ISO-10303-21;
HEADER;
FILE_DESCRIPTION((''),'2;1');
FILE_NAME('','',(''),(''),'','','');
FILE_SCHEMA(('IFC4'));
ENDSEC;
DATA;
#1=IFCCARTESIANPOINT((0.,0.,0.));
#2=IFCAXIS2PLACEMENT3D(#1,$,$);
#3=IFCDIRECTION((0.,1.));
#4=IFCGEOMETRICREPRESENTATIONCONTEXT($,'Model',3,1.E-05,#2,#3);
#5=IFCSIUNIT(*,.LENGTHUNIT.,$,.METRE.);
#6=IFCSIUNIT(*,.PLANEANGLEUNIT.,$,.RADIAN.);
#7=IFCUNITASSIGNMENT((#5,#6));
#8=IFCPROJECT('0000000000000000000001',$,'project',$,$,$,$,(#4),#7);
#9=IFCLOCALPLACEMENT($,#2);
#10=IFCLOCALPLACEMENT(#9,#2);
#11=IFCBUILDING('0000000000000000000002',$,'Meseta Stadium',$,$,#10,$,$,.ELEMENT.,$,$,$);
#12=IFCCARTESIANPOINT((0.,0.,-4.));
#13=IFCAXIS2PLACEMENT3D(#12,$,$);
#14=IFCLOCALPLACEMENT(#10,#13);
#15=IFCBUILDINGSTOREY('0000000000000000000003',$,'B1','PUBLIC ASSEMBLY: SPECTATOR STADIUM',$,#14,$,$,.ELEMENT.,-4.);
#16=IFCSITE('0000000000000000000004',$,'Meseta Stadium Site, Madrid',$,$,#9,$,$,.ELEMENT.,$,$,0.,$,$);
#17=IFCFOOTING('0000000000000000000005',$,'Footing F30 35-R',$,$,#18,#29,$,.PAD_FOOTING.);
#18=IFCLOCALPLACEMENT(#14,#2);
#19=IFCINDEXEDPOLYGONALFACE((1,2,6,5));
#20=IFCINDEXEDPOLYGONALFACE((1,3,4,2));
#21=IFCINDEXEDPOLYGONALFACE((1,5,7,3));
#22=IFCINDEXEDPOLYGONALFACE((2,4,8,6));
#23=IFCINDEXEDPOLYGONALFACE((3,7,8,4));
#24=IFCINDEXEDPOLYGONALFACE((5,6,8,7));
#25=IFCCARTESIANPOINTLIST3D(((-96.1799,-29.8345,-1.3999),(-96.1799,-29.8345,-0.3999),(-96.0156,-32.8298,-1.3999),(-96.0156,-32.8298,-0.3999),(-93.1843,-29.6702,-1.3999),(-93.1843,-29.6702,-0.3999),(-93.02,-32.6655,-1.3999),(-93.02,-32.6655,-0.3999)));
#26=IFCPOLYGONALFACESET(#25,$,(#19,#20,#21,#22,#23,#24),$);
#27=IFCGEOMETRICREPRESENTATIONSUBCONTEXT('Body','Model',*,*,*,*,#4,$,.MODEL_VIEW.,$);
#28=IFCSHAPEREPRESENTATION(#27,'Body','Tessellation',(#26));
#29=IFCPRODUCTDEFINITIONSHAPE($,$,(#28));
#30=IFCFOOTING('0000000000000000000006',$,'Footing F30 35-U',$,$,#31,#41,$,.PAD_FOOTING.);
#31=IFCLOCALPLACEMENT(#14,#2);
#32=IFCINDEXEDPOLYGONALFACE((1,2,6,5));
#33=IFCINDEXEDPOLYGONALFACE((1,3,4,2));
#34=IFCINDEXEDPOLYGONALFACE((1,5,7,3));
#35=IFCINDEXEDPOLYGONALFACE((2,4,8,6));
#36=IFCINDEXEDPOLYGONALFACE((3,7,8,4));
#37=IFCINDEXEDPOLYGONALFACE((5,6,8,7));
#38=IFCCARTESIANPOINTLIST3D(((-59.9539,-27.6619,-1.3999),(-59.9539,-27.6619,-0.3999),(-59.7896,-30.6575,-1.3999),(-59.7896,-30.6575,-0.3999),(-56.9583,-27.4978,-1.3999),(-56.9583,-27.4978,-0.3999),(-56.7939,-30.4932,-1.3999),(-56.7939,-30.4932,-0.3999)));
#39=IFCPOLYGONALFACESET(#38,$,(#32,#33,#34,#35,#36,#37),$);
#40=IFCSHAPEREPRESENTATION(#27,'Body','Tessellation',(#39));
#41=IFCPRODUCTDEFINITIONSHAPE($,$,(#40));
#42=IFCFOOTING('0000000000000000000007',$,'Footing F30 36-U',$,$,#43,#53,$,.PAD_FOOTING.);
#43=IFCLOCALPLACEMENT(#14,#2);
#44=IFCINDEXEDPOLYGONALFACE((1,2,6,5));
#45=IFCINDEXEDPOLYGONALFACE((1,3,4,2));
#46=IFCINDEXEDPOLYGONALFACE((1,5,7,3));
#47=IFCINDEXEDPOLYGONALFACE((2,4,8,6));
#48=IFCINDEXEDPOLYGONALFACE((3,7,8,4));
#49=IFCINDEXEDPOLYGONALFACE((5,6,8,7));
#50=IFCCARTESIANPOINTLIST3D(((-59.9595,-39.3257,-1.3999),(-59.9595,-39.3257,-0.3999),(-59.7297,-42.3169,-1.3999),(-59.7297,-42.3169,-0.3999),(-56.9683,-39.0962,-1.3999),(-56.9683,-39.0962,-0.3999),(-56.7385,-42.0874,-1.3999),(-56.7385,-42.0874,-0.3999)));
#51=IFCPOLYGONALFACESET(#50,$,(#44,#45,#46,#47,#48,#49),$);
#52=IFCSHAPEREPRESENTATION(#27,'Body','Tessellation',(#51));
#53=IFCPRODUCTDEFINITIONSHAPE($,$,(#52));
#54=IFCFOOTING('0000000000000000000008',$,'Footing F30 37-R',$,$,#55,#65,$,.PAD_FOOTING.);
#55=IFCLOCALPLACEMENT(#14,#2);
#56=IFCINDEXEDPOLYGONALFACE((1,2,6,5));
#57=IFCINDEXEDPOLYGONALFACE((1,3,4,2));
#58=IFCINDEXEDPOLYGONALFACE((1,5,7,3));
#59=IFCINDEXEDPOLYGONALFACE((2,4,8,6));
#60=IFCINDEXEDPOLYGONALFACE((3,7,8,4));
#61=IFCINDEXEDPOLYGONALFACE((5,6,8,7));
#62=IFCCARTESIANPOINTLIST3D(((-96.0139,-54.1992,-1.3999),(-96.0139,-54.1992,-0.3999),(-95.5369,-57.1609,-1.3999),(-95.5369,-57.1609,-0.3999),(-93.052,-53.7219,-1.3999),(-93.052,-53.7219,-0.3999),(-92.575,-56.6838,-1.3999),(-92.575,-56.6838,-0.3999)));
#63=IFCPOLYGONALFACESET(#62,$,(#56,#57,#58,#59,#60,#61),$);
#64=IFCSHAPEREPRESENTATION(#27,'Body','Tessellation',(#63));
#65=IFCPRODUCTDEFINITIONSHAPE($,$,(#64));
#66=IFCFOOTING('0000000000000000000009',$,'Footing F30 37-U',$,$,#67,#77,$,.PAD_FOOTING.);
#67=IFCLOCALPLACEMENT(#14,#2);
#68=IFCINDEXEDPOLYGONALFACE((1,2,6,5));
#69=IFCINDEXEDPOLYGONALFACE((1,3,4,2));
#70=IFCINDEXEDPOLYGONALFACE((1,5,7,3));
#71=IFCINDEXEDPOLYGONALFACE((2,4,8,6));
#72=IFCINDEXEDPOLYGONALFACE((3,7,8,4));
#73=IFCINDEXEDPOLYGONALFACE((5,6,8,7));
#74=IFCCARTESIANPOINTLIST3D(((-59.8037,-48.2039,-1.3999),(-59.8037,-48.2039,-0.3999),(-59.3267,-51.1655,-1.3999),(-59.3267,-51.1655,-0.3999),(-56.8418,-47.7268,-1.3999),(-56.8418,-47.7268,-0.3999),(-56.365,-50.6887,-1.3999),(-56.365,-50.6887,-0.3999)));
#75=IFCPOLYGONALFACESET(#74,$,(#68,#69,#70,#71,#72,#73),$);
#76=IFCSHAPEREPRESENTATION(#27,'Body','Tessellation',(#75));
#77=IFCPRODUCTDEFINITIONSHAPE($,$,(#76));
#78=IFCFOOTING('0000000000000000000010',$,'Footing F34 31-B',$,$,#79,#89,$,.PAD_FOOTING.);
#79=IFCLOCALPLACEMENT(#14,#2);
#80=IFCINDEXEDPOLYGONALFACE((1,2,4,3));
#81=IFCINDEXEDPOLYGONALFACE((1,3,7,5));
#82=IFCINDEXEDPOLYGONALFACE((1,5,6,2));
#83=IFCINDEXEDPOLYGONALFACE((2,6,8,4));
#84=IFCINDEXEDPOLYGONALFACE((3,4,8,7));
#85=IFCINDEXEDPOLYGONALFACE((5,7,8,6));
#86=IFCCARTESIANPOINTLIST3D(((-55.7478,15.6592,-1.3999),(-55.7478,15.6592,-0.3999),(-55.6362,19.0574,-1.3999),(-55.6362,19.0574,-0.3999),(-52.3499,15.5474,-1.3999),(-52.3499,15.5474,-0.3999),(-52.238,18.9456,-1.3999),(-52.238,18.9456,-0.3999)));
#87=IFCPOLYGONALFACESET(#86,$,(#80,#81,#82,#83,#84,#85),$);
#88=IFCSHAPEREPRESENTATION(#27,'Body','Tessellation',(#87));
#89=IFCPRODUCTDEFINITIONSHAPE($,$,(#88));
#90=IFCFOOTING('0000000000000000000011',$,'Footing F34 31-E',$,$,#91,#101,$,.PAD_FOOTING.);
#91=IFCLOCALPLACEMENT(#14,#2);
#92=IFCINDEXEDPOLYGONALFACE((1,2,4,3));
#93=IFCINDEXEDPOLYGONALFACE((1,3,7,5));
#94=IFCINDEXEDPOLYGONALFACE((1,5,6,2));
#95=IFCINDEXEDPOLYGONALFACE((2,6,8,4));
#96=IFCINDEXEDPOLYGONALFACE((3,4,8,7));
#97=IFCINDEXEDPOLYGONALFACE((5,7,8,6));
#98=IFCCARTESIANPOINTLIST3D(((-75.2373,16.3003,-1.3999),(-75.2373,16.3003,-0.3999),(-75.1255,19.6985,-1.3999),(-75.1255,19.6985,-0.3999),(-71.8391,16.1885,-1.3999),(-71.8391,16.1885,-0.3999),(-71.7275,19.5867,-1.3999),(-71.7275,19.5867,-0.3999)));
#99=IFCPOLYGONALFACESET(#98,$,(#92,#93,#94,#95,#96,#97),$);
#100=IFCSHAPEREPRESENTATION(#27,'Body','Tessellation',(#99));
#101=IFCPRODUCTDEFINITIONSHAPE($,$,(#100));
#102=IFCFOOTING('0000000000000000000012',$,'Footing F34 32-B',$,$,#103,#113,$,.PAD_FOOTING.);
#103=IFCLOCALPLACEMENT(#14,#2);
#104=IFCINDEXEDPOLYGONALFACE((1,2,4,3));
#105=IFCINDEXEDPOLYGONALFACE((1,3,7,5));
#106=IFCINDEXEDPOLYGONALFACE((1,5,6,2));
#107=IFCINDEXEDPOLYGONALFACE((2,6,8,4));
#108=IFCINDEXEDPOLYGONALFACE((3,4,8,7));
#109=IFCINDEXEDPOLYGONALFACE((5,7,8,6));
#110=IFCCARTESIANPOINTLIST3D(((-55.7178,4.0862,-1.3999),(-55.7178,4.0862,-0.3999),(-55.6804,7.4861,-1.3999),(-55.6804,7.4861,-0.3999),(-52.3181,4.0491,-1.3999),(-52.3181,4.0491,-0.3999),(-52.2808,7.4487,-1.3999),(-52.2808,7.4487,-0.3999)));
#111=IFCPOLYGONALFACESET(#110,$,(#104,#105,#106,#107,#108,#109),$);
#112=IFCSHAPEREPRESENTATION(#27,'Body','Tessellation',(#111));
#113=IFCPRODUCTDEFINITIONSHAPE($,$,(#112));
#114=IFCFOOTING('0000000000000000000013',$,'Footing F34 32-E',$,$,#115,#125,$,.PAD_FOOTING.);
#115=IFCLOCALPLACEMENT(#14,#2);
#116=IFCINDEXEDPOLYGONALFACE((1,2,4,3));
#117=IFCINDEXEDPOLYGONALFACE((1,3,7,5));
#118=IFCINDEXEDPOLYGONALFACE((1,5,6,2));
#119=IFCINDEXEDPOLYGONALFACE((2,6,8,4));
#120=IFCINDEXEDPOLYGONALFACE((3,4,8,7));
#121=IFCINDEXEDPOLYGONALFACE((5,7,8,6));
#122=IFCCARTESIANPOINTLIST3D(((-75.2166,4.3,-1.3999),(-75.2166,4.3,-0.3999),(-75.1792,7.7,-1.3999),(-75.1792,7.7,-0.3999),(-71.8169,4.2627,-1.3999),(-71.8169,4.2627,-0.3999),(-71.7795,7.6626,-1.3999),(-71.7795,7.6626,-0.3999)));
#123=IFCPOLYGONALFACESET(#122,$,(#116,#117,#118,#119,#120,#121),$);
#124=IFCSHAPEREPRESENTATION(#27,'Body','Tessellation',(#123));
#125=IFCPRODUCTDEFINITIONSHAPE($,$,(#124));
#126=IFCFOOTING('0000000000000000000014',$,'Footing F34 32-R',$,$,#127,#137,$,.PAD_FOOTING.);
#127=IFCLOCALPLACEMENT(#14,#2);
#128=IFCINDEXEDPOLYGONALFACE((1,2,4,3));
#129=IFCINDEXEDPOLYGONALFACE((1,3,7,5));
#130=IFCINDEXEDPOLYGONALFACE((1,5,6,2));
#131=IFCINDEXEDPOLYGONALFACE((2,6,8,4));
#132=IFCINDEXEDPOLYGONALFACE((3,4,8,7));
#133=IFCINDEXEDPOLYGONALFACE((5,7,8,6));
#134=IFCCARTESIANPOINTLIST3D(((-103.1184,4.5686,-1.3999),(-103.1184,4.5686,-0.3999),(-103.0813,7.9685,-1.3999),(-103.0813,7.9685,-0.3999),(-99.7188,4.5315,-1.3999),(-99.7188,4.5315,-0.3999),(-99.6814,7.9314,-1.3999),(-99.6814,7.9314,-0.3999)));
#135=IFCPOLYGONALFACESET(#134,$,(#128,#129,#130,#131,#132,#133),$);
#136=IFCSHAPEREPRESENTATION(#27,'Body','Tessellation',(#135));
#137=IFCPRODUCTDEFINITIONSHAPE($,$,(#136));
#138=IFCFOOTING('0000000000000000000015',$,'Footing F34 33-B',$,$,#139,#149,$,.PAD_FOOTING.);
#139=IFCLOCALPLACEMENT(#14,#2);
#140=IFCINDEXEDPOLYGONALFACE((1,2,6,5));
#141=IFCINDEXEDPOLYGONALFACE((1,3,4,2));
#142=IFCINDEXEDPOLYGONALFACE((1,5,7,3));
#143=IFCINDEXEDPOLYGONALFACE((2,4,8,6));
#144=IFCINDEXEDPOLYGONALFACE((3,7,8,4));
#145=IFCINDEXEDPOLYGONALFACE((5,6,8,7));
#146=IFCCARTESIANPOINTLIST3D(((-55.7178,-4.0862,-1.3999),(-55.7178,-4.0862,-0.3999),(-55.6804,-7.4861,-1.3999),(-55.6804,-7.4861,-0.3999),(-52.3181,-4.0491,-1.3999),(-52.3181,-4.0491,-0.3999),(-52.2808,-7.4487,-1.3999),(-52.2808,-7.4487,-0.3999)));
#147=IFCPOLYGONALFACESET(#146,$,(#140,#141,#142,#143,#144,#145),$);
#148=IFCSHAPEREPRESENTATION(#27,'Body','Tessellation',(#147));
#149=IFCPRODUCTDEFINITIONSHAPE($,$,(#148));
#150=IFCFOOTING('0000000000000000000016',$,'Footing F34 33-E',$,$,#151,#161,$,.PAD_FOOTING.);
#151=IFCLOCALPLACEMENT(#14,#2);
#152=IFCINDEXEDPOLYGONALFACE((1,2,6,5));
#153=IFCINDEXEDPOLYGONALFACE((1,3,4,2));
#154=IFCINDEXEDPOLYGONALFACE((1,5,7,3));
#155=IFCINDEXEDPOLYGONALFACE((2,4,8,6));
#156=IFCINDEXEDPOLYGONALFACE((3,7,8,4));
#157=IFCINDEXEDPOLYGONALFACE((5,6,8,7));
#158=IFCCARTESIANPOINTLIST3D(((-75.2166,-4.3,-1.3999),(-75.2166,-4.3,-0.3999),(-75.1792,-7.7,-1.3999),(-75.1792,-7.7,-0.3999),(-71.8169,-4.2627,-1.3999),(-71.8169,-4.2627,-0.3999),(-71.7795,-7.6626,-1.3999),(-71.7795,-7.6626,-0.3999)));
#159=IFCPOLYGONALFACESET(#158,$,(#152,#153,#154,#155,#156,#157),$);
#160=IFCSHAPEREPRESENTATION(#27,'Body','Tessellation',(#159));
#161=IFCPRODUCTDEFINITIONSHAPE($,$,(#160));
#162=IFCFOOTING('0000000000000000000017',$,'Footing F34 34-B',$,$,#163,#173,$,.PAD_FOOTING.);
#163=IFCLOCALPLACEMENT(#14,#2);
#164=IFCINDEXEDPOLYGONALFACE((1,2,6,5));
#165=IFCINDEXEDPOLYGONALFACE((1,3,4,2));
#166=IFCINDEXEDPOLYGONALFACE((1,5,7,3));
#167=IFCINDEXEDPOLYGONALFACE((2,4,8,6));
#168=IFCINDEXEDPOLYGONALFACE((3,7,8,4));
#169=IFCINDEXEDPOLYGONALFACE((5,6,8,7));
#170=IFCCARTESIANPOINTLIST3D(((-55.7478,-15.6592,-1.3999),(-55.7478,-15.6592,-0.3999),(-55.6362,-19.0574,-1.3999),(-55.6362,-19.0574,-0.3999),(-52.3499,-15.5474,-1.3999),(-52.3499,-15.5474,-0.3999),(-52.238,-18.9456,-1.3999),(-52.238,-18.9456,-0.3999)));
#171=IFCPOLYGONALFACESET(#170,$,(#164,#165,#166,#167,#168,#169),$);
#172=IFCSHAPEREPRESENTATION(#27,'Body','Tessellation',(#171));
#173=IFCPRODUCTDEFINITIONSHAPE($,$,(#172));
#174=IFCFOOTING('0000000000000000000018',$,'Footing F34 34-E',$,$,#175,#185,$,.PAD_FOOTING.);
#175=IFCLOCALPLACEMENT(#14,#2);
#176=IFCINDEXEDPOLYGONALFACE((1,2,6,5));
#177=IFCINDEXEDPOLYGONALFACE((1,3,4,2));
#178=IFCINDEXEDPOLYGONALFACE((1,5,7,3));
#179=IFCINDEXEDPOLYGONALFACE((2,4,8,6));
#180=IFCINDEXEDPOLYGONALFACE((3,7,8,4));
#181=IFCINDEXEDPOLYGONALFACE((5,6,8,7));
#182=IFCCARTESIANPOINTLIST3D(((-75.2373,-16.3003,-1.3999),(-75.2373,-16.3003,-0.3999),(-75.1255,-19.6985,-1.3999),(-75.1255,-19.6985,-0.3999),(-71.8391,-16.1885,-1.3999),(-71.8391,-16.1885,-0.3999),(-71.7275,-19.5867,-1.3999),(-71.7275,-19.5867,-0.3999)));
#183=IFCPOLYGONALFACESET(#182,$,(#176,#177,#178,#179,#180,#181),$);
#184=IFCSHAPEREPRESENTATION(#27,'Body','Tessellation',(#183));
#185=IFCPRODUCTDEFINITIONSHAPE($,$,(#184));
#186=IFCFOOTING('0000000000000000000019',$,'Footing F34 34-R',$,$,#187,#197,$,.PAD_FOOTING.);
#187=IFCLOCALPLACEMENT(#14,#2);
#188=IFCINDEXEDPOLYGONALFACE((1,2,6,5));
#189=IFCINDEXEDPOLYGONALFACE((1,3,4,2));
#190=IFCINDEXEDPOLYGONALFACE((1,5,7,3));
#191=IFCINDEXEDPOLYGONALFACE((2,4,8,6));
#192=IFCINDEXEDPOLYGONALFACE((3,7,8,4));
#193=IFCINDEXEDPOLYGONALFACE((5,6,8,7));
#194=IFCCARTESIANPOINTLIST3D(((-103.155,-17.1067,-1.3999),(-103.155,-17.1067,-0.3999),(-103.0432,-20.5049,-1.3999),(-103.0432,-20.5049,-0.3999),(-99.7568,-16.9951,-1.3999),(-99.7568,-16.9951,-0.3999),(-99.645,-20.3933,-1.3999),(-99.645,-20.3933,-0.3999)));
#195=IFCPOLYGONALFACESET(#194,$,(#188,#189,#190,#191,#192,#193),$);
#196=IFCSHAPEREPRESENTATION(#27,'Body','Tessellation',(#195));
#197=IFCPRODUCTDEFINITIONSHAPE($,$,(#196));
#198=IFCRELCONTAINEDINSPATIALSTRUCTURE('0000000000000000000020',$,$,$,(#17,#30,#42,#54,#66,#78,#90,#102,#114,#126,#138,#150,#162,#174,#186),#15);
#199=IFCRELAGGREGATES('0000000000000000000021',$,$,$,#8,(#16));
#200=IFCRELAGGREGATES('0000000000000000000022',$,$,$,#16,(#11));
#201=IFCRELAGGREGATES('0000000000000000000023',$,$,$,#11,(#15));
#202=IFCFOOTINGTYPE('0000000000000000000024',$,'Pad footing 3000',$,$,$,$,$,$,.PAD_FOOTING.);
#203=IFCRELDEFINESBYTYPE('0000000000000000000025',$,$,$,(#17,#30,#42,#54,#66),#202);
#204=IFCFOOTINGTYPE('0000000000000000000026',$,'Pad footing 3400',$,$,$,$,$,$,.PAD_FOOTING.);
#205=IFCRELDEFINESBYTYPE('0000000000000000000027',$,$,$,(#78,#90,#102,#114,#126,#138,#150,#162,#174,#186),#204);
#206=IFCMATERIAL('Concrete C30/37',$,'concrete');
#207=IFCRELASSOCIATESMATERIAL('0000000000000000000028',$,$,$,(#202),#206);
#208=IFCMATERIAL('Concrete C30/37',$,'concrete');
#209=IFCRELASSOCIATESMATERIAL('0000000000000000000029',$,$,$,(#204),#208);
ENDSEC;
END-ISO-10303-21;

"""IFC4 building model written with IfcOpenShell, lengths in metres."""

from ifc_helpers import new_model, si_unit, direction, frame, origin, place, context, subcontext, project, spatial, polyline, outline, extrude, material, type_object, element, save


model = new_model("IFC4")

# Units and contexts
model_context = context("Model", 3, precision=1e-05, world=origin(), true_north=direction((0.0, 1.0)))
body_context = subcontext(model_context, "Body", "Model", "MODEL_VIEW")
ifc_project = project(units=[si_unit("LENGTHUNIT", "METRE"), si_unit("PLANEANGLEUNIT", "RADIAN")], contexts=[model_context])

# Site, building, storey
site_placement = place(None, origin())
site = spatial("IfcSite", under=ifc_project, at=site_placement, Name="Meseta Stadium Site, Madrid", CompositionType="ELEMENT", RefElevation=0.0)
building_placement = place(site_placement, origin())
building = spatial("IfcBuilding", under=site, at=building_placement, Name="Meseta Stadium", CompositionType="ELEMENT")
storey_placement = place(building_placement, frame((0.0, 0.0, -4.0)))
storey = spatial("IfcBuildingStorey", under=building, at=storey_placement, Name="B1", Description="PUBLIC ASSEMBLY: SPECTATOR STADIUM", CompositionType="ELEMENT", Elevation=-4.0)

# Footings
ifc_material_1 = material(Name="Concrete C30/37", Category="concrete")
footing_type_1 = type_object("IfcFootingType", Name="Pad footing 3000", PredefinedType="PAD_FOOTING", material=ifc_material_1)
footing_1_placement = place(storey_placement, frame((0.0, 0.0, -1.3999)))
element("IfcFooting", 1, at=footing_1_placement, inside=storey, type_object=footing_type_1, Name="Footing F30 35-R", PredefinedType="PAD_FOOTING", context=body_context, shape_type="SweptSolid", body=[
    extrude(outline(polyline([(-93.1843, -29.6702), (-96.1799, -29.8345), (-96.0156, -32.8298), (-93.02, -32.6655), (-93.1843, -29.6702)])), origin(), (0.0, 0.0, 1.0), 1.0),
])
footing_2_placement = place(storey_placement, frame((0.0, 0.0, -1.3999)))
element("IfcFooting", 2, at=footing_2_placement, inside=storey, type_object=footing_type_1, Name="Footing F30 35-U", PredefinedType="PAD_FOOTING", context=body_context, shape_type="SweptSolid", body=[
    extrude(outline(polyline([(-56.9583, -27.4978), (-59.9539, -27.6619), (-59.7896, -30.6575), (-56.7939, -30.4932), (-56.9583, -27.4978)])), origin(), (0.0, 0.0, 1.0), 1.0),
])
footing_3_placement = place(storey_placement, frame((0.0, 0.0, -1.3999)))
element("IfcFooting", 3, at=footing_3_placement, inside=storey, type_object=footing_type_1, Name="Footing F30 36-U", PredefinedType="PAD_FOOTING", context=body_context, shape_type="SweptSolid", body=[
    extrude(outline(polyline([(-56.9683, -39.0962), (-59.9595, -39.3257), (-59.7297, -42.3169), (-56.7385, -42.0874), (-56.9683, -39.0962)])), origin(), (0.0, 0.0, 1.0), 1.0),
])
footing_4_placement = place(storey_placement, frame((0.0, 0.0, -1.3999)))
element("IfcFooting", 4, at=footing_4_placement, inside=storey, type_object=footing_type_1, Name="Footing F30 37-R", PredefinedType="PAD_FOOTING", context=body_context, shape_type="SweptSolid", body=[
    extrude(outline(polyline([(-93.052, -53.7219), (-96.0139, -54.1992), (-95.5369, -57.1609), (-92.575, -56.6838), (-93.052, -53.7219)])), origin(), (0.0, 0.0, 1.0), 1.0),
])
footing_5_placement = place(storey_placement, frame((0.0, 0.0, -1.3999)))
element("IfcFooting", 5, at=footing_5_placement, inside=storey, type_object=footing_type_1, Name="Footing F30 37-U", PredefinedType="PAD_FOOTING", context=body_context, shape_type="SweptSolid", body=[
    extrude(outline(polyline([(-56.8418, -47.7268), (-59.8037, -48.2039), (-59.3267, -51.1655), (-56.365, -50.6887), (-56.8418, -47.7268)])), origin(), (0.0, 0.0, 1.0), 1.0),
])
ifc_material_2 = material(Name="Concrete C30/37", Category="concrete")
footing_type_2 = type_object("IfcFootingType", Name="Pad footing 3400", PredefinedType="PAD_FOOTING", material=ifc_material_2)
footing_6_placement = place(storey_placement, frame((0.0, 0.0, -1.3999)))
element("IfcFooting", 6, at=footing_6_placement, inside=storey, type_object=footing_type_2, Name="Footing F34 31-B", PredefinedType="PAD_FOOTING", context=body_context, shape_type="SweptSolid", body=[
    extrude(outline(polyline([(-52.238, 18.9456), (-55.6362, 19.0574), (-55.7478, 15.6592), (-52.3499, 15.5474), (-52.238, 18.9456)])), origin(), (0.0, 0.0, 1.0), 1.0),
])
footing_7_placement = place(storey_placement, frame((0.0, 0.0, -1.3999)))
element("IfcFooting", 7, at=footing_7_placement, inside=storey, type_object=footing_type_2, Name="Footing F34 31-E", PredefinedType="PAD_FOOTING", context=body_context, shape_type="SweptSolid", body=[
    extrude(outline(polyline([(-71.7275, 19.5867), (-75.1255, 19.6985), (-75.2373, 16.3003), (-71.8391, 16.1885), (-71.7275, 19.5867)])), origin(), (0.0, 0.0, 1.0), 1.0),
])
footing_8_placement = place(storey_placement, frame((0.0, 0.0, -1.3999)))
element("IfcFooting", 8, at=footing_8_placement, inside=storey, type_object=footing_type_2, Name="Footing F34 32-B", PredefinedType="PAD_FOOTING", context=body_context, shape_type="SweptSolid", body=[
    extrude(outline(polyline([(-52.2808, 7.4487), (-55.6804, 7.4861), (-55.7178, 4.0862), (-52.3181, 4.0491), (-52.2808, 7.4487)])), origin(), (0.0, 0.0, 1.0), 1.0),
])
footing_9_placement = place(storey_placement, frame((0.0, 0.0, -1.3999)))
element("IfcFooting", 9, at=footing_9_placement, inside=storey, type_object=footing_type_2, Name="Footing F34 32-E", PredefinedType="PAD_FOOTING", context=body_context, shape_type="SweptSolid", body=[
    extrude(outline(polyline([(-71.7795, 7.6626), (-75.1792, 7.7), (-75.2166, 4.3), (-71.8169, 4.2627), (-71.7795, 7.6626)])), origin(), (0.0, 0.0, 1.0), 1.0),
])
footing_10_placement = place(storey_placement, frame((0.0, 0.0, -1.3999)))
element("IfcFooting", 10, at=footing_10_placement, inside=storey, type_object=footing_type_2, Name="Footing F34 32-R", PredefinedType="PAD_FOOTING", context=body_context, shape_type="SweptSolid", body=[
    extrude(outline(polyline([(-99.6814, 7.9314), (-103.0813, 7.9685), (-103.1184, 4.5686), (-99.7188, 4.5315), (-99.6814, 7.9314)])), origin(), (0.0, 0.0, 1.0), 1.0),
])
footing_11_placement = place(storey_placement, frame((0.0, 0.0, -1.3999)))
element("IfcFooting", 11, at=footing_11_placement, inside=storey, type_object=footing_type_2, Name="Footing F34 33-B", PredefinedType="PAD_FOOTING", context=body_context, shape_type="SweptSolid", body=[
    extrude(outline(polyline([(-52.3181, -4.0491), (-55.7178, -4.0862), (-55.6804, -7.4861), (-52.2808, -7.4487), (-52.3181, -4.0491)])), origin(), (0.0, 0.0, 1.0), 1.0),
])
footing_12_placement = place(storey_placement, frame((0.0, 0.0, -1.3999)))
element("IfcFooting", 12, at=footing_12_placement, inside=storey, type_object=footing_type_2, Name="Footing F34 33-E", PredefinedType="PAD_FOOTING", context=body_context, shape_type="SweptSolid", body=[
    extrude(outline(polyline([(-71.8169, -4.2627), (-75.2166, -4.3), (-75.1792, -7.7), (-71.7795, -7.6626), (-71.8169, -4.2627)])), origin(), (0.0, 0.0, 1.0), 1.0),
])
footing_13_placement = place(storey_placement, frame((0.0, 0.0, -1.3999)))
element("IfcFooting", 13, at=footing_13_placement, inside=storey, type_object=footing_type_2, Name="Footing F34 34-B", PredefinedType="PAD_FOOTING", context=body_context, shape_type="SweptSolid", body=[
    extrude(outline(polyline([(-52.3499, -15.5474), (-55.7478, -15.6592), (-55.6362, -19.0574), (-52.238, -18.9456), (-52.3499, -15.5474)])), origin(), (0.0, 0.0, 1.0), 1.0),
])
footing_14_placement = place(storey_placement, frame((0.0, 0.0, -1.3999)))
element("IfcFooting", 14, at=footing_14_placement, inside=storey, type_object=footing_type_2, Name="Footing F34 34-E", PredefinedType="PAD_FOOTING", context=body_context, shape_type="SweptSolid", body=[
    extrude(outline(polyline([(-71.8391, -16.1885), (-75.2373, -16.3003), (-75.1255, -19.6985), (-71.7275, -19.5867), (-71.8391, -16.1885)])), origin(), (0.0, 0.0, 1.0), 1.0),
])
footing_15_placement = place(storey_placement, frame((0.0, 0.0, -1.3999)))
element("IfcFooting", 15, at=footing_15_placement, inside=storey, type_object=footing_type_2, Name="Footing F34 34-R", PredefinedType="PAD_FOOTING", context=body_context, shape_type="SweptSolid", body=[
    extrude(outline(polyline([(-99.7568, -16.9951), (-103.155, -17.1067), (-103.0432, -20.5049), (-99.645, -20.3933), (-99.7568, -16.9951)])), origin(), (0.0, 0.0, 1.0), 1.0),
])

save(model, "model.ifc")
